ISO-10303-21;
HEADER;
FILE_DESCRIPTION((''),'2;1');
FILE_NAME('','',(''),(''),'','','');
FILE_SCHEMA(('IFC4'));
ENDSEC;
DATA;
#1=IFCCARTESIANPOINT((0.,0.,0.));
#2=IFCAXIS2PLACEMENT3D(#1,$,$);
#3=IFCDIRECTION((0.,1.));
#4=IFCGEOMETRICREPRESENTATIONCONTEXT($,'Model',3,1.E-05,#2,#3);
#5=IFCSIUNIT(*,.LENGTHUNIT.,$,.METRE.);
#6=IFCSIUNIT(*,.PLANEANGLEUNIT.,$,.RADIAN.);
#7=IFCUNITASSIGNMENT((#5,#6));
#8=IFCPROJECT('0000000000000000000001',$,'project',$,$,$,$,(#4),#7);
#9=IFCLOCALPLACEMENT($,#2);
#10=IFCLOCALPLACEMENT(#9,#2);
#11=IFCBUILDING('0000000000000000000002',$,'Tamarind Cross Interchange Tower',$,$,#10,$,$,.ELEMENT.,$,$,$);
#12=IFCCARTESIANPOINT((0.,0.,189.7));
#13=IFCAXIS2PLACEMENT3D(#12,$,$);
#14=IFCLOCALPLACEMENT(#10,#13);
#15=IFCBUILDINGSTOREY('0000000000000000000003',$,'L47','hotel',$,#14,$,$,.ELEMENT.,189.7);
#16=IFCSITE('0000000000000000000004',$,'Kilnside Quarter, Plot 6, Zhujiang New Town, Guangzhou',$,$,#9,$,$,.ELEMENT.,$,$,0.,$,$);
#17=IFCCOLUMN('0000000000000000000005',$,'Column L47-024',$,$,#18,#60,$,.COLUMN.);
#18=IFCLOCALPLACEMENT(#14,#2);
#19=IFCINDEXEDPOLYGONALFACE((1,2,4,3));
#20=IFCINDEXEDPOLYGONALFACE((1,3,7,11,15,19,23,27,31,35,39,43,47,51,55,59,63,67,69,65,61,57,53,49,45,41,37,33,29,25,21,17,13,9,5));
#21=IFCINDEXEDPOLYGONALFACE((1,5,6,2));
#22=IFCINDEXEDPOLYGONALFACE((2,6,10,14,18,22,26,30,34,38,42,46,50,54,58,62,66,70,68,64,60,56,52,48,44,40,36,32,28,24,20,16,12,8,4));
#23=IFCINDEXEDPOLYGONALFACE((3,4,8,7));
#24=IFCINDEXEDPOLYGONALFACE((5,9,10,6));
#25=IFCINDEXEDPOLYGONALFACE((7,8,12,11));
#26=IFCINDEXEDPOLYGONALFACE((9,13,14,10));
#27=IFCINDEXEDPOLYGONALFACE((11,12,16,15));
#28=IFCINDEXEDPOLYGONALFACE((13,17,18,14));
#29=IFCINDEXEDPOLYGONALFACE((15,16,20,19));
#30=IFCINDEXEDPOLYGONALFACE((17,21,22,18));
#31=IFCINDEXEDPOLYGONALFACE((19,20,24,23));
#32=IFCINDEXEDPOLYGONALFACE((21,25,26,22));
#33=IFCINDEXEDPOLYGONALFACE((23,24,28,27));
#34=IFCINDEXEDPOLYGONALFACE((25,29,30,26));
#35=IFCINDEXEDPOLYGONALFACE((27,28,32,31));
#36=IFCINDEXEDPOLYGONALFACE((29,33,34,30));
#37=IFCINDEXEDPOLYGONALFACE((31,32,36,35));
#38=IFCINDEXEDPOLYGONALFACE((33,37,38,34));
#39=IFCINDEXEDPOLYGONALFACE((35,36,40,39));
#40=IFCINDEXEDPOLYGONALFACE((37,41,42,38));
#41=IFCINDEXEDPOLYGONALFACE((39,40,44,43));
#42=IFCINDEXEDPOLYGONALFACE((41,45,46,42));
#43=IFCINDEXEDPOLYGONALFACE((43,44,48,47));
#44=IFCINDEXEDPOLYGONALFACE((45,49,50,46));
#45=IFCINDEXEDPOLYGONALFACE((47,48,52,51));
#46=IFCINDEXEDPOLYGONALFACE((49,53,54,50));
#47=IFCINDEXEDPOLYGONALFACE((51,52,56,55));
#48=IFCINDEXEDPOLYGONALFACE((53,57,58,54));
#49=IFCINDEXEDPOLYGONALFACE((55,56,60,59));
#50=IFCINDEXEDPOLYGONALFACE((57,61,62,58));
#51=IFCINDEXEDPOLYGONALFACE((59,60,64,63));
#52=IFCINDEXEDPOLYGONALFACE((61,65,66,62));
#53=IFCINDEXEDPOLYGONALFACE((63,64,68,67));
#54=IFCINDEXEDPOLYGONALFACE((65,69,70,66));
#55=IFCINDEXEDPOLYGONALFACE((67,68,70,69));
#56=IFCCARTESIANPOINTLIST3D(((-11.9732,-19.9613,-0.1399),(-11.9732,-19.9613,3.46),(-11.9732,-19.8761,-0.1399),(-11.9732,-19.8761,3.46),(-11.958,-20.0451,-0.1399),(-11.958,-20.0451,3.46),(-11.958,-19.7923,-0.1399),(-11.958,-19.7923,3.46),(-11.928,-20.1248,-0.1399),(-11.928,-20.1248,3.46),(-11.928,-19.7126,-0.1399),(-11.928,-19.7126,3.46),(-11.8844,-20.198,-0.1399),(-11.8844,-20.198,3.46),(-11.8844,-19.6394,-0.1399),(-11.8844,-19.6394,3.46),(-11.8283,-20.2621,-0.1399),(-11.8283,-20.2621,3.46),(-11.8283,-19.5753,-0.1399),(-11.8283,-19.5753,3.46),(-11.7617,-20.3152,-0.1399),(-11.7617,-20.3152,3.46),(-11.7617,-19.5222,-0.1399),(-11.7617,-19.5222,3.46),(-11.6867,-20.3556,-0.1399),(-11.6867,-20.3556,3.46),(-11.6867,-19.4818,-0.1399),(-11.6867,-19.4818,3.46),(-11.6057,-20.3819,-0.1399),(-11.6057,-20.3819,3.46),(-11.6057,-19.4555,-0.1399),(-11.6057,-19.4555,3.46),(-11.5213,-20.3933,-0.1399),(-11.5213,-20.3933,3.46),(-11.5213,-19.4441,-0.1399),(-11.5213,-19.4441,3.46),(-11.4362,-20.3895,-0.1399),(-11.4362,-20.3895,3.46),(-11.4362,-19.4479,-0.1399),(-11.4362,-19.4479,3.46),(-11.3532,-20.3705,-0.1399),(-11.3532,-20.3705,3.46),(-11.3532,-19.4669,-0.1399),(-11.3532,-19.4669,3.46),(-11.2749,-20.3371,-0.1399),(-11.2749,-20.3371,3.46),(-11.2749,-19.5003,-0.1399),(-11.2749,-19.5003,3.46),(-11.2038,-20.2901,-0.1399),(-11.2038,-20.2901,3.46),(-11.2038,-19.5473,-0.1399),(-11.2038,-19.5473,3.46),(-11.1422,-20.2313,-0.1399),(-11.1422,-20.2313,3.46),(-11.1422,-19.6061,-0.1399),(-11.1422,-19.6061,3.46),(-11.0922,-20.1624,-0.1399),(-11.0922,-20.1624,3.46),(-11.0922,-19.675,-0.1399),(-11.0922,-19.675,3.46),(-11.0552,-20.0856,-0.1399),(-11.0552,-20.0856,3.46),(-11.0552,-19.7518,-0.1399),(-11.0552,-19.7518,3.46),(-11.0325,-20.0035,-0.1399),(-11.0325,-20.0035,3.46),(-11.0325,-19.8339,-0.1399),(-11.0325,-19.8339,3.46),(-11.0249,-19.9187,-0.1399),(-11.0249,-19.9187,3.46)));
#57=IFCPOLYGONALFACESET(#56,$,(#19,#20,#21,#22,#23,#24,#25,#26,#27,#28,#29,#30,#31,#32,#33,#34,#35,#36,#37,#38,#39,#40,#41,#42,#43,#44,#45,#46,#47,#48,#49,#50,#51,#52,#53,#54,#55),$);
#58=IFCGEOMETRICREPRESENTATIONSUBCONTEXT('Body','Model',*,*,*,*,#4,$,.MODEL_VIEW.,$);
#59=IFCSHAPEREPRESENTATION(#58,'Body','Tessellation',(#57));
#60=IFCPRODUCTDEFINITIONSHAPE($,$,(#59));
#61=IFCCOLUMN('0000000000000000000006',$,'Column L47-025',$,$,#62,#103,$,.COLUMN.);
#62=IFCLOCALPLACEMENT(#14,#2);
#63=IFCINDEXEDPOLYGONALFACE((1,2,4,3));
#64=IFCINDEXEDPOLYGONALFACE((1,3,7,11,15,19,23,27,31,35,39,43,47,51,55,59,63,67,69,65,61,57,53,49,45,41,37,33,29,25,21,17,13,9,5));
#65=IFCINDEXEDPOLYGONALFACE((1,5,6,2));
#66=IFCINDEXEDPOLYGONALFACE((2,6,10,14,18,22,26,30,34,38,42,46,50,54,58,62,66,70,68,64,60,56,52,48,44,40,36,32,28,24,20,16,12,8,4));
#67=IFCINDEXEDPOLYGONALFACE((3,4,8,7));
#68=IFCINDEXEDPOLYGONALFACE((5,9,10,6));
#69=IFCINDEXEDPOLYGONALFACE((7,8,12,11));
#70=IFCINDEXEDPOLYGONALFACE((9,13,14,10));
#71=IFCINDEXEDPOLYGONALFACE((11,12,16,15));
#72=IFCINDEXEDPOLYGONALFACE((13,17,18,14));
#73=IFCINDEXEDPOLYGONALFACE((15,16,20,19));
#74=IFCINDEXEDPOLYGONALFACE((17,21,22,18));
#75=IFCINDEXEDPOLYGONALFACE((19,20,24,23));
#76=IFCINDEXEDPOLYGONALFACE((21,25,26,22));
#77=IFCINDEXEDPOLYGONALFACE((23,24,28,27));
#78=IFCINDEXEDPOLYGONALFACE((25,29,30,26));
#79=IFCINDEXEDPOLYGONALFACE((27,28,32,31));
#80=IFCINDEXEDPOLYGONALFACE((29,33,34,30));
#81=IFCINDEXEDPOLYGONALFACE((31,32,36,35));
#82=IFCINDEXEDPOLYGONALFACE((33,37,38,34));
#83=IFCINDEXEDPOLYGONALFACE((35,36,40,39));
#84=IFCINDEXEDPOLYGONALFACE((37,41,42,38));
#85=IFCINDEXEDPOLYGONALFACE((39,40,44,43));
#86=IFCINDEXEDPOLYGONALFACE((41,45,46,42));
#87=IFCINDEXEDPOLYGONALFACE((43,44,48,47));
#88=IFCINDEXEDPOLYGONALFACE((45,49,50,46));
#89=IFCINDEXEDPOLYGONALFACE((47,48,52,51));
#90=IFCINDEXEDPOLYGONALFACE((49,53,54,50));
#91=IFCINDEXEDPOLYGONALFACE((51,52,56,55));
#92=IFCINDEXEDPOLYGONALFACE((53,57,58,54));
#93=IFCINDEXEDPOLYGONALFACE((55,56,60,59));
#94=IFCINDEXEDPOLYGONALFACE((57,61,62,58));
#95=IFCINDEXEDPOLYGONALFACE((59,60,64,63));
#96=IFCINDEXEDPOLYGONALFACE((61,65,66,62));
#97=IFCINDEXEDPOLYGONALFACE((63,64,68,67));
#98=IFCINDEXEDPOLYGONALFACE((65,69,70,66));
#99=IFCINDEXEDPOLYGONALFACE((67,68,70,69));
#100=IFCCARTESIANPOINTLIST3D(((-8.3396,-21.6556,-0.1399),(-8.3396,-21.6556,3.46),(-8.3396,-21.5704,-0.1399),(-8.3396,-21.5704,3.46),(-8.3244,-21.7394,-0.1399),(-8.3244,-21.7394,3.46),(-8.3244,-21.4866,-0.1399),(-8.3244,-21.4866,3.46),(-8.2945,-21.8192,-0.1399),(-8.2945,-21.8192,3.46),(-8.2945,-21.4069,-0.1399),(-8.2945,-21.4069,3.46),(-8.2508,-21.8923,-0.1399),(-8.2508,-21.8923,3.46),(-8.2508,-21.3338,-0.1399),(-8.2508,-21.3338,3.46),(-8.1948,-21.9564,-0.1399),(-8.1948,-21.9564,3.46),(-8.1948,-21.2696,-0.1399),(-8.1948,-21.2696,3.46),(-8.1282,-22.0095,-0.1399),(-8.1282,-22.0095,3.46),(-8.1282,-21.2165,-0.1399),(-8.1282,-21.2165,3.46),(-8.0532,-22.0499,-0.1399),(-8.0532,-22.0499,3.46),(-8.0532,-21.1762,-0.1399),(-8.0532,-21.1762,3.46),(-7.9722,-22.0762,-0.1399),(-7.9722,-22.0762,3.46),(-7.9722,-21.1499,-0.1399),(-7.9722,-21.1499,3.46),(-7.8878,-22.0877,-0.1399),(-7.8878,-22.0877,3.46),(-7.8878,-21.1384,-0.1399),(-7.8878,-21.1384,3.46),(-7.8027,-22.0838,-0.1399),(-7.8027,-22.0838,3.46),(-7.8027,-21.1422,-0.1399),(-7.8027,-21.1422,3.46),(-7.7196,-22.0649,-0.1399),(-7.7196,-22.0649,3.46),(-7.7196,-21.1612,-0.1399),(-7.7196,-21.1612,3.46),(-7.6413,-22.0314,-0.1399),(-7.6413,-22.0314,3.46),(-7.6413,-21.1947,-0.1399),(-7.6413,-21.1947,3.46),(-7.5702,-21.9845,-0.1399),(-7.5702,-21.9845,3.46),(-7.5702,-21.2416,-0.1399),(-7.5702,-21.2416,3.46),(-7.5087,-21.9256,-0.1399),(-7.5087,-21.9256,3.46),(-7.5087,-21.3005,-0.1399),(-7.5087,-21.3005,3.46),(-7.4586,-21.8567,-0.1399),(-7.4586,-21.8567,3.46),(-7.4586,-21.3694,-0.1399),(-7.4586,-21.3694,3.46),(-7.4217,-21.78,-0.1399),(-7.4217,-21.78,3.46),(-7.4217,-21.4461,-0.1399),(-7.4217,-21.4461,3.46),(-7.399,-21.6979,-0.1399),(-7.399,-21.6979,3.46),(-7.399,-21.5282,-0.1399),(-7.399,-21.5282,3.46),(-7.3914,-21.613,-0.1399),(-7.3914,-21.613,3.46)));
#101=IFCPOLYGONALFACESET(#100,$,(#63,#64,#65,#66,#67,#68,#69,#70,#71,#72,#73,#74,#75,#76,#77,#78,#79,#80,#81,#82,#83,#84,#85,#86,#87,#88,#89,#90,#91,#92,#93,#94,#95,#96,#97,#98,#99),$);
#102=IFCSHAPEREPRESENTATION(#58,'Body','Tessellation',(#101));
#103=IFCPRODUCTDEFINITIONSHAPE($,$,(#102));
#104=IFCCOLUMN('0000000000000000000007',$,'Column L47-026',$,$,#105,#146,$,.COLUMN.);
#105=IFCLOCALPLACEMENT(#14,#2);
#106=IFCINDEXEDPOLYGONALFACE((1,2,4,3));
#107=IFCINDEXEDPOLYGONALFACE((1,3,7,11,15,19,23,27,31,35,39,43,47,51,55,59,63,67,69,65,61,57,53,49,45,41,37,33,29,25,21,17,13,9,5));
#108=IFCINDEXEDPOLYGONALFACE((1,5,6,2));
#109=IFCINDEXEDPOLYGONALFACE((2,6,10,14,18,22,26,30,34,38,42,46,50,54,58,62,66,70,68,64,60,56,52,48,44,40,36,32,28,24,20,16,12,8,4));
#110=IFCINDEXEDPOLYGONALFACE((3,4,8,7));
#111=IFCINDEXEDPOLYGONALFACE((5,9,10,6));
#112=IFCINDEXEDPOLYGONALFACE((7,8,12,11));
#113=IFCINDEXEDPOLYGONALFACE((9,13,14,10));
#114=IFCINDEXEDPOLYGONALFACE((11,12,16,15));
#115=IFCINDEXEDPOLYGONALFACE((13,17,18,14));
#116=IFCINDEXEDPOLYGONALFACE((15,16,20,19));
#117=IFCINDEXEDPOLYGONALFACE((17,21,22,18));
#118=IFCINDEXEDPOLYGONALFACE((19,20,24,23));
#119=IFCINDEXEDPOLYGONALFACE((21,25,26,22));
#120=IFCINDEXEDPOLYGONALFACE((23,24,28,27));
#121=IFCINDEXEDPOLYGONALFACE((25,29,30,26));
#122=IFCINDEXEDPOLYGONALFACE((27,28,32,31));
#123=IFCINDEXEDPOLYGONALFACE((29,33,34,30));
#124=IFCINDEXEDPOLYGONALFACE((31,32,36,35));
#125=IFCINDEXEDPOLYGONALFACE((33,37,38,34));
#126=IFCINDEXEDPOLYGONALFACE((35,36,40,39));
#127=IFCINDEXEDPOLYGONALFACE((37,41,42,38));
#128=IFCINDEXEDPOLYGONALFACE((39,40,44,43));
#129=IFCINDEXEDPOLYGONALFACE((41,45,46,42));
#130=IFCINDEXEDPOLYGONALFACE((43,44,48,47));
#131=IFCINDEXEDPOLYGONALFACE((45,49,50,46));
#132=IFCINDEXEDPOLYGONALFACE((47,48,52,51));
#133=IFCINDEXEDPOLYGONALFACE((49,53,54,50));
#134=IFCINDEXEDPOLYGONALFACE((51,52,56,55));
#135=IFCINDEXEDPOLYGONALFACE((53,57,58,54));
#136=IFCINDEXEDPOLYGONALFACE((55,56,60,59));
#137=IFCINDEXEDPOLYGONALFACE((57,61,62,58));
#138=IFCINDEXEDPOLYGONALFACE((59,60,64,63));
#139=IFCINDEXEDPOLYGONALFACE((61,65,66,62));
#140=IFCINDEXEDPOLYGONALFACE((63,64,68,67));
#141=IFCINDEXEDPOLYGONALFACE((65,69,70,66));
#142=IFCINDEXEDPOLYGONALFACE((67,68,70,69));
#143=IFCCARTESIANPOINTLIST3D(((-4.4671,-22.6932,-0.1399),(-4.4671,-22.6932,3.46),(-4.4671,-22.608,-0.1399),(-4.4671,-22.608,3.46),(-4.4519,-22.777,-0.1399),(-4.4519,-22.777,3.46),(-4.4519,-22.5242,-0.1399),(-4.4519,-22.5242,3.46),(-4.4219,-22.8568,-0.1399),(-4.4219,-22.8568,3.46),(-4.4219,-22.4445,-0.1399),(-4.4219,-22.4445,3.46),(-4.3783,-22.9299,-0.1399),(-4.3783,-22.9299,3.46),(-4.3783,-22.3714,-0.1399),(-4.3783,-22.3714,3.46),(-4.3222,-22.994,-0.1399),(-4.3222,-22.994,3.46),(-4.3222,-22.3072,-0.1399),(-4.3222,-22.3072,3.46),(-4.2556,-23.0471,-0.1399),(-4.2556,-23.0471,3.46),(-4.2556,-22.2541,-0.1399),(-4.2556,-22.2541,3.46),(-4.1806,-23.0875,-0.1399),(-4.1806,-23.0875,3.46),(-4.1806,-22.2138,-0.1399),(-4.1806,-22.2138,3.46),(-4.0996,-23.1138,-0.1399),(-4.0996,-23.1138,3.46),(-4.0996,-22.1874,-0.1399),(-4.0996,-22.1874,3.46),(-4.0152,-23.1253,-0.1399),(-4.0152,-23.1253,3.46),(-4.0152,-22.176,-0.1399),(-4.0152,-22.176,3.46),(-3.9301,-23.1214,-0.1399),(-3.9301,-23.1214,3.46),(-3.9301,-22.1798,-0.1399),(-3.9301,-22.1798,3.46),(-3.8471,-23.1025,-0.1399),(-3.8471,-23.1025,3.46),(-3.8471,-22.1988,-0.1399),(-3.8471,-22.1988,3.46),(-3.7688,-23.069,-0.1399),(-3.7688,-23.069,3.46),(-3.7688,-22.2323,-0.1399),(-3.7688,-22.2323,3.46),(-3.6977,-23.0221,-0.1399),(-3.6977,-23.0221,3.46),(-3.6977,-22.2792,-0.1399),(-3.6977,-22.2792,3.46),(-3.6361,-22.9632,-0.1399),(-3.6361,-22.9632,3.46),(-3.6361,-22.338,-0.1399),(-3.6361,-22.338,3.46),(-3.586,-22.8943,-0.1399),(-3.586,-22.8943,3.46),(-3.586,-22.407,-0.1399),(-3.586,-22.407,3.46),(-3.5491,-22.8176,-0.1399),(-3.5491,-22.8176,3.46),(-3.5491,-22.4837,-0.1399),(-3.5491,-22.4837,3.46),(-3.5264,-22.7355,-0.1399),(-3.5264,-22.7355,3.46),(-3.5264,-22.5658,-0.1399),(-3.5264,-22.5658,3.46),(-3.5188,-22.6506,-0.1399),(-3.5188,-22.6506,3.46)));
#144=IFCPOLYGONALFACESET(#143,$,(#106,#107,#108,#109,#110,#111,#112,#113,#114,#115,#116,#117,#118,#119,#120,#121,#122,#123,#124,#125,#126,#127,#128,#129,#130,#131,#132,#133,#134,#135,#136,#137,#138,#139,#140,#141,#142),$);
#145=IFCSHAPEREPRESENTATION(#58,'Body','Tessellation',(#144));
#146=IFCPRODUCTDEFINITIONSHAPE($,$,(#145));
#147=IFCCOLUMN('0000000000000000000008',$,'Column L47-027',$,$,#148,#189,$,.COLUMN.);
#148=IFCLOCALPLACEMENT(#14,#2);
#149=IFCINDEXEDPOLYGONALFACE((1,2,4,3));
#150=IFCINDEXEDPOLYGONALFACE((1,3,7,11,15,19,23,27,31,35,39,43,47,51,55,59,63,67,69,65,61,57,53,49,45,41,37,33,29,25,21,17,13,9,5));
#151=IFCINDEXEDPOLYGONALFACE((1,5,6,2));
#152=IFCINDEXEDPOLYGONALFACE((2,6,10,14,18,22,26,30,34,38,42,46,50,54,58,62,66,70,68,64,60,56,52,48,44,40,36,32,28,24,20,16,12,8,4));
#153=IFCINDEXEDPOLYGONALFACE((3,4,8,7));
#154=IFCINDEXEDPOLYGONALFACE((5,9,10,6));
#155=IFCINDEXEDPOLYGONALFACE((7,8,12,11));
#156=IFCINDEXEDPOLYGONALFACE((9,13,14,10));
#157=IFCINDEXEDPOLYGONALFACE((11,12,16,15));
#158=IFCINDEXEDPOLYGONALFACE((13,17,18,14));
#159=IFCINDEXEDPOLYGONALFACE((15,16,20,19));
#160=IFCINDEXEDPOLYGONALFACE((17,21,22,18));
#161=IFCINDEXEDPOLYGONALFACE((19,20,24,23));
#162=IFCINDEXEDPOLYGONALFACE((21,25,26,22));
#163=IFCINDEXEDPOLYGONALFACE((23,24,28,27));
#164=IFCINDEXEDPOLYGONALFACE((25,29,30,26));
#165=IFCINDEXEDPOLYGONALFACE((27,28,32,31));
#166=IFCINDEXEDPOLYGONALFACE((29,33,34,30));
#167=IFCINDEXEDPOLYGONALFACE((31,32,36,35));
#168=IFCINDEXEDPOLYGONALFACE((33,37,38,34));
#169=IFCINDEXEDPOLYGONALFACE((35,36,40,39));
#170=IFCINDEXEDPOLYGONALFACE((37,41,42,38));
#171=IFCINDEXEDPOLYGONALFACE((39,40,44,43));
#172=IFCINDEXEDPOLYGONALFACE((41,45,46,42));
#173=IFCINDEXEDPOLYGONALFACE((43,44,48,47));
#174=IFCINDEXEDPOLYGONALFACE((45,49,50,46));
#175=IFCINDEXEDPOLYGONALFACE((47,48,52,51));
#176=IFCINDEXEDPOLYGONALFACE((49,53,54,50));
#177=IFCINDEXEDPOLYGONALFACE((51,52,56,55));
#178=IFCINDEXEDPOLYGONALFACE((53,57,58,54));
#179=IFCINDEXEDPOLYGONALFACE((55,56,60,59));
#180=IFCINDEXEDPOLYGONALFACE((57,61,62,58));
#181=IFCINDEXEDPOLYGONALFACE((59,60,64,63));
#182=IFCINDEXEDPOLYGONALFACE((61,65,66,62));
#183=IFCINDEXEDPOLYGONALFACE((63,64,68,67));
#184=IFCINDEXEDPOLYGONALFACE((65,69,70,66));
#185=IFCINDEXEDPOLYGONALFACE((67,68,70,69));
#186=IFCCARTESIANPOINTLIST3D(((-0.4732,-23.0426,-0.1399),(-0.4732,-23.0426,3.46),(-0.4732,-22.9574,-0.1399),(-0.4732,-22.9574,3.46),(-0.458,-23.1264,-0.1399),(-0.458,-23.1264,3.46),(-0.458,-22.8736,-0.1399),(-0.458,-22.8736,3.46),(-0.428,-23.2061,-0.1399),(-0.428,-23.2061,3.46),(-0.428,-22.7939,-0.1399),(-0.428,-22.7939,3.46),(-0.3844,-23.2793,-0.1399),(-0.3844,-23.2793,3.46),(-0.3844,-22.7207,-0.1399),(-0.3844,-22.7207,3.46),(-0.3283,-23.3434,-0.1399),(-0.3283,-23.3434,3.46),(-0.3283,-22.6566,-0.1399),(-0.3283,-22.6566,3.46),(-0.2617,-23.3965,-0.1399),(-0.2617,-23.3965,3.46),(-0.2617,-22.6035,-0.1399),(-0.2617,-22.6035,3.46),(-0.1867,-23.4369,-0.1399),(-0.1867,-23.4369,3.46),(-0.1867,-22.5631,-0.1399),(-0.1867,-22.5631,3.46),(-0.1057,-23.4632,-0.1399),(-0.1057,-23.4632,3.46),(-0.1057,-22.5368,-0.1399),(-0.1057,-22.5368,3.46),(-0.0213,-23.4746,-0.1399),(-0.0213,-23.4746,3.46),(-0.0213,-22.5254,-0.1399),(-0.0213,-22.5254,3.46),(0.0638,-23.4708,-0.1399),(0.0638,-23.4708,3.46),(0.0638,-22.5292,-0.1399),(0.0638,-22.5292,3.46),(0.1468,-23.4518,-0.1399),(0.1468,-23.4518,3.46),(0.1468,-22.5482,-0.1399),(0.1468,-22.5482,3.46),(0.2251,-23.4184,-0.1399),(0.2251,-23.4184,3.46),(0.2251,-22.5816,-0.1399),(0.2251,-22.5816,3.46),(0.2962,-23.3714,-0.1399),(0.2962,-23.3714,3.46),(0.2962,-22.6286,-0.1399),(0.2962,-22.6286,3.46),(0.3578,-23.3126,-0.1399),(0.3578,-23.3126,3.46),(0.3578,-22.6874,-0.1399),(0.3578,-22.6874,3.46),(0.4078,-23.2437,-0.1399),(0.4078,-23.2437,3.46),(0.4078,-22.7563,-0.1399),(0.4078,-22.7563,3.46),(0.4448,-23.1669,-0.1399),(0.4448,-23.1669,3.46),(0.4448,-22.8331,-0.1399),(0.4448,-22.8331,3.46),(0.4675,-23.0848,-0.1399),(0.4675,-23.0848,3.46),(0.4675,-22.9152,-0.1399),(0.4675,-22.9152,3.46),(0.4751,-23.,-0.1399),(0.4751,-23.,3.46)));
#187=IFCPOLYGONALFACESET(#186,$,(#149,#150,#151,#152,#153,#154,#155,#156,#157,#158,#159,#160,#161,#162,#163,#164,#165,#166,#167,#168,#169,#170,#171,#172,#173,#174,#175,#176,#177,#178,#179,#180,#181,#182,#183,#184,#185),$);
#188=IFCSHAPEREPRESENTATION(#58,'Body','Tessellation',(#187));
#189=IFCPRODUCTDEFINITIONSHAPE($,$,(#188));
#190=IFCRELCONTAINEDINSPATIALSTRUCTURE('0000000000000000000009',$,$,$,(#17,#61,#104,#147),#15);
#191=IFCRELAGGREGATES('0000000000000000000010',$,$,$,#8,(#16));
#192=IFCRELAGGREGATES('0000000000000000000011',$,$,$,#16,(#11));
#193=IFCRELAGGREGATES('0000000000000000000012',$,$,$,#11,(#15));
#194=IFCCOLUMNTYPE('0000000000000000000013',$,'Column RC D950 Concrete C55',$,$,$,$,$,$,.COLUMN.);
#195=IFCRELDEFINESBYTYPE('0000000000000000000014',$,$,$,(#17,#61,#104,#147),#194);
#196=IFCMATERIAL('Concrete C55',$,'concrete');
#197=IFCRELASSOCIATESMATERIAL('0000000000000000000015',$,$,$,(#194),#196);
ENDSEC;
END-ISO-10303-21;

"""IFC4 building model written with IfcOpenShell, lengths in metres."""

from ifc_helpers import new_model, si_unit, direction, frame, origin, origin_2d, place, context, subcontext, project, spatial, circle, extrude, material, material_profile, profile_set, type_object, element, save


model = new_model("IFC4")

# Units and contexts
model_context = context("Model", 3, precision=1e-05, world=origin(), true_north=direction((0.0, 1.0)))
body_context = subcontext(model_context, "Body", "Model", "MODEL_VIEW")
ifc_project = project(units=[si_unit("LENGTHUNIT", "METRE"), si_unit("PLANEANGLEUNIT", "RADIAN")], contexts=[model_context])

# Site, building, storey
site_placement = place(None, origin())
site = spatial("IfcSite", under=ifc_project, at=site_placement, Name="Kilnside Quarter, Plot 6, Zhujiang New Town, Guangzhou", CompositionType="ELEMENT", RefElevation=0.0)
building_placement = place(site_placement, origin())
building = spatial("IfcBuilding", under=site, at=building_placement, Name="Tamarind Cross Interchange Tower", CompositionType="ELEMENT")
storey_placement = place(building_placement, frame((0.0, 0.0, 189.7)))
storey = spatial("IfcBuildingStorey", under=building, at=storey_placement, Name="L47", Description="hotel", CompositionType="ELEMENT", Elevation=189.7)

# Columns
ifc_material_1 = material(Name="Concrete C55", Category="concrete")
ifc_material_profile_1 = material_profile(ifc_material_1, circle(Radius=0.4751, at=origin_2d()), Name="RC D950")
ifc_profile_set_1 = profile_set([ifc_material_profile_1], Name="Concrete C55")
column_type = type_object("IfcColumnType", Name="Column RC D950 Concrete C55", PredefinedType="COLUMN", material=ifc_profile_set_1)
for number, where, z_axis, x_axis, name in (
    (1, (-11.5, -19.9187, -0.1399), (0.0, 0.0, 1.0), (1.0, 0.0, 0.0), "Column L47-024"),
    (2, (-7.8665, -21.613, -0.1399), (0.0, 0.0, 1.0), (1.0, 0.0, 0.0), "Column L47-025"),
    (3, (-3.9939, -22.6506, -0.1399), (0.0, 0.0, 1.0), (1.0, 0.0, 0.0), "Column L47-026"),
    (4, (0.0, -23.0, -0.1399), (0.0, 0.0, 1.0), (1.0, 0.0, 0.0), "Column L47-027"),
):
    element("IfcColumn", number, at=place(storey_placement, frame(where, z_axis=z_axis, x_axis=x_axis)), inside=storey, type_object=column_type, Name=name, PredefinedType="COLUMN", context=body_context, shape_type="SweptSolid", body=[
        extrude(circle(Radius=0.4751, at=origin_2d()), origin(), (0.0, 0.0, 1.0), 3.5999),
    ])

save(model, "model.ifc")
